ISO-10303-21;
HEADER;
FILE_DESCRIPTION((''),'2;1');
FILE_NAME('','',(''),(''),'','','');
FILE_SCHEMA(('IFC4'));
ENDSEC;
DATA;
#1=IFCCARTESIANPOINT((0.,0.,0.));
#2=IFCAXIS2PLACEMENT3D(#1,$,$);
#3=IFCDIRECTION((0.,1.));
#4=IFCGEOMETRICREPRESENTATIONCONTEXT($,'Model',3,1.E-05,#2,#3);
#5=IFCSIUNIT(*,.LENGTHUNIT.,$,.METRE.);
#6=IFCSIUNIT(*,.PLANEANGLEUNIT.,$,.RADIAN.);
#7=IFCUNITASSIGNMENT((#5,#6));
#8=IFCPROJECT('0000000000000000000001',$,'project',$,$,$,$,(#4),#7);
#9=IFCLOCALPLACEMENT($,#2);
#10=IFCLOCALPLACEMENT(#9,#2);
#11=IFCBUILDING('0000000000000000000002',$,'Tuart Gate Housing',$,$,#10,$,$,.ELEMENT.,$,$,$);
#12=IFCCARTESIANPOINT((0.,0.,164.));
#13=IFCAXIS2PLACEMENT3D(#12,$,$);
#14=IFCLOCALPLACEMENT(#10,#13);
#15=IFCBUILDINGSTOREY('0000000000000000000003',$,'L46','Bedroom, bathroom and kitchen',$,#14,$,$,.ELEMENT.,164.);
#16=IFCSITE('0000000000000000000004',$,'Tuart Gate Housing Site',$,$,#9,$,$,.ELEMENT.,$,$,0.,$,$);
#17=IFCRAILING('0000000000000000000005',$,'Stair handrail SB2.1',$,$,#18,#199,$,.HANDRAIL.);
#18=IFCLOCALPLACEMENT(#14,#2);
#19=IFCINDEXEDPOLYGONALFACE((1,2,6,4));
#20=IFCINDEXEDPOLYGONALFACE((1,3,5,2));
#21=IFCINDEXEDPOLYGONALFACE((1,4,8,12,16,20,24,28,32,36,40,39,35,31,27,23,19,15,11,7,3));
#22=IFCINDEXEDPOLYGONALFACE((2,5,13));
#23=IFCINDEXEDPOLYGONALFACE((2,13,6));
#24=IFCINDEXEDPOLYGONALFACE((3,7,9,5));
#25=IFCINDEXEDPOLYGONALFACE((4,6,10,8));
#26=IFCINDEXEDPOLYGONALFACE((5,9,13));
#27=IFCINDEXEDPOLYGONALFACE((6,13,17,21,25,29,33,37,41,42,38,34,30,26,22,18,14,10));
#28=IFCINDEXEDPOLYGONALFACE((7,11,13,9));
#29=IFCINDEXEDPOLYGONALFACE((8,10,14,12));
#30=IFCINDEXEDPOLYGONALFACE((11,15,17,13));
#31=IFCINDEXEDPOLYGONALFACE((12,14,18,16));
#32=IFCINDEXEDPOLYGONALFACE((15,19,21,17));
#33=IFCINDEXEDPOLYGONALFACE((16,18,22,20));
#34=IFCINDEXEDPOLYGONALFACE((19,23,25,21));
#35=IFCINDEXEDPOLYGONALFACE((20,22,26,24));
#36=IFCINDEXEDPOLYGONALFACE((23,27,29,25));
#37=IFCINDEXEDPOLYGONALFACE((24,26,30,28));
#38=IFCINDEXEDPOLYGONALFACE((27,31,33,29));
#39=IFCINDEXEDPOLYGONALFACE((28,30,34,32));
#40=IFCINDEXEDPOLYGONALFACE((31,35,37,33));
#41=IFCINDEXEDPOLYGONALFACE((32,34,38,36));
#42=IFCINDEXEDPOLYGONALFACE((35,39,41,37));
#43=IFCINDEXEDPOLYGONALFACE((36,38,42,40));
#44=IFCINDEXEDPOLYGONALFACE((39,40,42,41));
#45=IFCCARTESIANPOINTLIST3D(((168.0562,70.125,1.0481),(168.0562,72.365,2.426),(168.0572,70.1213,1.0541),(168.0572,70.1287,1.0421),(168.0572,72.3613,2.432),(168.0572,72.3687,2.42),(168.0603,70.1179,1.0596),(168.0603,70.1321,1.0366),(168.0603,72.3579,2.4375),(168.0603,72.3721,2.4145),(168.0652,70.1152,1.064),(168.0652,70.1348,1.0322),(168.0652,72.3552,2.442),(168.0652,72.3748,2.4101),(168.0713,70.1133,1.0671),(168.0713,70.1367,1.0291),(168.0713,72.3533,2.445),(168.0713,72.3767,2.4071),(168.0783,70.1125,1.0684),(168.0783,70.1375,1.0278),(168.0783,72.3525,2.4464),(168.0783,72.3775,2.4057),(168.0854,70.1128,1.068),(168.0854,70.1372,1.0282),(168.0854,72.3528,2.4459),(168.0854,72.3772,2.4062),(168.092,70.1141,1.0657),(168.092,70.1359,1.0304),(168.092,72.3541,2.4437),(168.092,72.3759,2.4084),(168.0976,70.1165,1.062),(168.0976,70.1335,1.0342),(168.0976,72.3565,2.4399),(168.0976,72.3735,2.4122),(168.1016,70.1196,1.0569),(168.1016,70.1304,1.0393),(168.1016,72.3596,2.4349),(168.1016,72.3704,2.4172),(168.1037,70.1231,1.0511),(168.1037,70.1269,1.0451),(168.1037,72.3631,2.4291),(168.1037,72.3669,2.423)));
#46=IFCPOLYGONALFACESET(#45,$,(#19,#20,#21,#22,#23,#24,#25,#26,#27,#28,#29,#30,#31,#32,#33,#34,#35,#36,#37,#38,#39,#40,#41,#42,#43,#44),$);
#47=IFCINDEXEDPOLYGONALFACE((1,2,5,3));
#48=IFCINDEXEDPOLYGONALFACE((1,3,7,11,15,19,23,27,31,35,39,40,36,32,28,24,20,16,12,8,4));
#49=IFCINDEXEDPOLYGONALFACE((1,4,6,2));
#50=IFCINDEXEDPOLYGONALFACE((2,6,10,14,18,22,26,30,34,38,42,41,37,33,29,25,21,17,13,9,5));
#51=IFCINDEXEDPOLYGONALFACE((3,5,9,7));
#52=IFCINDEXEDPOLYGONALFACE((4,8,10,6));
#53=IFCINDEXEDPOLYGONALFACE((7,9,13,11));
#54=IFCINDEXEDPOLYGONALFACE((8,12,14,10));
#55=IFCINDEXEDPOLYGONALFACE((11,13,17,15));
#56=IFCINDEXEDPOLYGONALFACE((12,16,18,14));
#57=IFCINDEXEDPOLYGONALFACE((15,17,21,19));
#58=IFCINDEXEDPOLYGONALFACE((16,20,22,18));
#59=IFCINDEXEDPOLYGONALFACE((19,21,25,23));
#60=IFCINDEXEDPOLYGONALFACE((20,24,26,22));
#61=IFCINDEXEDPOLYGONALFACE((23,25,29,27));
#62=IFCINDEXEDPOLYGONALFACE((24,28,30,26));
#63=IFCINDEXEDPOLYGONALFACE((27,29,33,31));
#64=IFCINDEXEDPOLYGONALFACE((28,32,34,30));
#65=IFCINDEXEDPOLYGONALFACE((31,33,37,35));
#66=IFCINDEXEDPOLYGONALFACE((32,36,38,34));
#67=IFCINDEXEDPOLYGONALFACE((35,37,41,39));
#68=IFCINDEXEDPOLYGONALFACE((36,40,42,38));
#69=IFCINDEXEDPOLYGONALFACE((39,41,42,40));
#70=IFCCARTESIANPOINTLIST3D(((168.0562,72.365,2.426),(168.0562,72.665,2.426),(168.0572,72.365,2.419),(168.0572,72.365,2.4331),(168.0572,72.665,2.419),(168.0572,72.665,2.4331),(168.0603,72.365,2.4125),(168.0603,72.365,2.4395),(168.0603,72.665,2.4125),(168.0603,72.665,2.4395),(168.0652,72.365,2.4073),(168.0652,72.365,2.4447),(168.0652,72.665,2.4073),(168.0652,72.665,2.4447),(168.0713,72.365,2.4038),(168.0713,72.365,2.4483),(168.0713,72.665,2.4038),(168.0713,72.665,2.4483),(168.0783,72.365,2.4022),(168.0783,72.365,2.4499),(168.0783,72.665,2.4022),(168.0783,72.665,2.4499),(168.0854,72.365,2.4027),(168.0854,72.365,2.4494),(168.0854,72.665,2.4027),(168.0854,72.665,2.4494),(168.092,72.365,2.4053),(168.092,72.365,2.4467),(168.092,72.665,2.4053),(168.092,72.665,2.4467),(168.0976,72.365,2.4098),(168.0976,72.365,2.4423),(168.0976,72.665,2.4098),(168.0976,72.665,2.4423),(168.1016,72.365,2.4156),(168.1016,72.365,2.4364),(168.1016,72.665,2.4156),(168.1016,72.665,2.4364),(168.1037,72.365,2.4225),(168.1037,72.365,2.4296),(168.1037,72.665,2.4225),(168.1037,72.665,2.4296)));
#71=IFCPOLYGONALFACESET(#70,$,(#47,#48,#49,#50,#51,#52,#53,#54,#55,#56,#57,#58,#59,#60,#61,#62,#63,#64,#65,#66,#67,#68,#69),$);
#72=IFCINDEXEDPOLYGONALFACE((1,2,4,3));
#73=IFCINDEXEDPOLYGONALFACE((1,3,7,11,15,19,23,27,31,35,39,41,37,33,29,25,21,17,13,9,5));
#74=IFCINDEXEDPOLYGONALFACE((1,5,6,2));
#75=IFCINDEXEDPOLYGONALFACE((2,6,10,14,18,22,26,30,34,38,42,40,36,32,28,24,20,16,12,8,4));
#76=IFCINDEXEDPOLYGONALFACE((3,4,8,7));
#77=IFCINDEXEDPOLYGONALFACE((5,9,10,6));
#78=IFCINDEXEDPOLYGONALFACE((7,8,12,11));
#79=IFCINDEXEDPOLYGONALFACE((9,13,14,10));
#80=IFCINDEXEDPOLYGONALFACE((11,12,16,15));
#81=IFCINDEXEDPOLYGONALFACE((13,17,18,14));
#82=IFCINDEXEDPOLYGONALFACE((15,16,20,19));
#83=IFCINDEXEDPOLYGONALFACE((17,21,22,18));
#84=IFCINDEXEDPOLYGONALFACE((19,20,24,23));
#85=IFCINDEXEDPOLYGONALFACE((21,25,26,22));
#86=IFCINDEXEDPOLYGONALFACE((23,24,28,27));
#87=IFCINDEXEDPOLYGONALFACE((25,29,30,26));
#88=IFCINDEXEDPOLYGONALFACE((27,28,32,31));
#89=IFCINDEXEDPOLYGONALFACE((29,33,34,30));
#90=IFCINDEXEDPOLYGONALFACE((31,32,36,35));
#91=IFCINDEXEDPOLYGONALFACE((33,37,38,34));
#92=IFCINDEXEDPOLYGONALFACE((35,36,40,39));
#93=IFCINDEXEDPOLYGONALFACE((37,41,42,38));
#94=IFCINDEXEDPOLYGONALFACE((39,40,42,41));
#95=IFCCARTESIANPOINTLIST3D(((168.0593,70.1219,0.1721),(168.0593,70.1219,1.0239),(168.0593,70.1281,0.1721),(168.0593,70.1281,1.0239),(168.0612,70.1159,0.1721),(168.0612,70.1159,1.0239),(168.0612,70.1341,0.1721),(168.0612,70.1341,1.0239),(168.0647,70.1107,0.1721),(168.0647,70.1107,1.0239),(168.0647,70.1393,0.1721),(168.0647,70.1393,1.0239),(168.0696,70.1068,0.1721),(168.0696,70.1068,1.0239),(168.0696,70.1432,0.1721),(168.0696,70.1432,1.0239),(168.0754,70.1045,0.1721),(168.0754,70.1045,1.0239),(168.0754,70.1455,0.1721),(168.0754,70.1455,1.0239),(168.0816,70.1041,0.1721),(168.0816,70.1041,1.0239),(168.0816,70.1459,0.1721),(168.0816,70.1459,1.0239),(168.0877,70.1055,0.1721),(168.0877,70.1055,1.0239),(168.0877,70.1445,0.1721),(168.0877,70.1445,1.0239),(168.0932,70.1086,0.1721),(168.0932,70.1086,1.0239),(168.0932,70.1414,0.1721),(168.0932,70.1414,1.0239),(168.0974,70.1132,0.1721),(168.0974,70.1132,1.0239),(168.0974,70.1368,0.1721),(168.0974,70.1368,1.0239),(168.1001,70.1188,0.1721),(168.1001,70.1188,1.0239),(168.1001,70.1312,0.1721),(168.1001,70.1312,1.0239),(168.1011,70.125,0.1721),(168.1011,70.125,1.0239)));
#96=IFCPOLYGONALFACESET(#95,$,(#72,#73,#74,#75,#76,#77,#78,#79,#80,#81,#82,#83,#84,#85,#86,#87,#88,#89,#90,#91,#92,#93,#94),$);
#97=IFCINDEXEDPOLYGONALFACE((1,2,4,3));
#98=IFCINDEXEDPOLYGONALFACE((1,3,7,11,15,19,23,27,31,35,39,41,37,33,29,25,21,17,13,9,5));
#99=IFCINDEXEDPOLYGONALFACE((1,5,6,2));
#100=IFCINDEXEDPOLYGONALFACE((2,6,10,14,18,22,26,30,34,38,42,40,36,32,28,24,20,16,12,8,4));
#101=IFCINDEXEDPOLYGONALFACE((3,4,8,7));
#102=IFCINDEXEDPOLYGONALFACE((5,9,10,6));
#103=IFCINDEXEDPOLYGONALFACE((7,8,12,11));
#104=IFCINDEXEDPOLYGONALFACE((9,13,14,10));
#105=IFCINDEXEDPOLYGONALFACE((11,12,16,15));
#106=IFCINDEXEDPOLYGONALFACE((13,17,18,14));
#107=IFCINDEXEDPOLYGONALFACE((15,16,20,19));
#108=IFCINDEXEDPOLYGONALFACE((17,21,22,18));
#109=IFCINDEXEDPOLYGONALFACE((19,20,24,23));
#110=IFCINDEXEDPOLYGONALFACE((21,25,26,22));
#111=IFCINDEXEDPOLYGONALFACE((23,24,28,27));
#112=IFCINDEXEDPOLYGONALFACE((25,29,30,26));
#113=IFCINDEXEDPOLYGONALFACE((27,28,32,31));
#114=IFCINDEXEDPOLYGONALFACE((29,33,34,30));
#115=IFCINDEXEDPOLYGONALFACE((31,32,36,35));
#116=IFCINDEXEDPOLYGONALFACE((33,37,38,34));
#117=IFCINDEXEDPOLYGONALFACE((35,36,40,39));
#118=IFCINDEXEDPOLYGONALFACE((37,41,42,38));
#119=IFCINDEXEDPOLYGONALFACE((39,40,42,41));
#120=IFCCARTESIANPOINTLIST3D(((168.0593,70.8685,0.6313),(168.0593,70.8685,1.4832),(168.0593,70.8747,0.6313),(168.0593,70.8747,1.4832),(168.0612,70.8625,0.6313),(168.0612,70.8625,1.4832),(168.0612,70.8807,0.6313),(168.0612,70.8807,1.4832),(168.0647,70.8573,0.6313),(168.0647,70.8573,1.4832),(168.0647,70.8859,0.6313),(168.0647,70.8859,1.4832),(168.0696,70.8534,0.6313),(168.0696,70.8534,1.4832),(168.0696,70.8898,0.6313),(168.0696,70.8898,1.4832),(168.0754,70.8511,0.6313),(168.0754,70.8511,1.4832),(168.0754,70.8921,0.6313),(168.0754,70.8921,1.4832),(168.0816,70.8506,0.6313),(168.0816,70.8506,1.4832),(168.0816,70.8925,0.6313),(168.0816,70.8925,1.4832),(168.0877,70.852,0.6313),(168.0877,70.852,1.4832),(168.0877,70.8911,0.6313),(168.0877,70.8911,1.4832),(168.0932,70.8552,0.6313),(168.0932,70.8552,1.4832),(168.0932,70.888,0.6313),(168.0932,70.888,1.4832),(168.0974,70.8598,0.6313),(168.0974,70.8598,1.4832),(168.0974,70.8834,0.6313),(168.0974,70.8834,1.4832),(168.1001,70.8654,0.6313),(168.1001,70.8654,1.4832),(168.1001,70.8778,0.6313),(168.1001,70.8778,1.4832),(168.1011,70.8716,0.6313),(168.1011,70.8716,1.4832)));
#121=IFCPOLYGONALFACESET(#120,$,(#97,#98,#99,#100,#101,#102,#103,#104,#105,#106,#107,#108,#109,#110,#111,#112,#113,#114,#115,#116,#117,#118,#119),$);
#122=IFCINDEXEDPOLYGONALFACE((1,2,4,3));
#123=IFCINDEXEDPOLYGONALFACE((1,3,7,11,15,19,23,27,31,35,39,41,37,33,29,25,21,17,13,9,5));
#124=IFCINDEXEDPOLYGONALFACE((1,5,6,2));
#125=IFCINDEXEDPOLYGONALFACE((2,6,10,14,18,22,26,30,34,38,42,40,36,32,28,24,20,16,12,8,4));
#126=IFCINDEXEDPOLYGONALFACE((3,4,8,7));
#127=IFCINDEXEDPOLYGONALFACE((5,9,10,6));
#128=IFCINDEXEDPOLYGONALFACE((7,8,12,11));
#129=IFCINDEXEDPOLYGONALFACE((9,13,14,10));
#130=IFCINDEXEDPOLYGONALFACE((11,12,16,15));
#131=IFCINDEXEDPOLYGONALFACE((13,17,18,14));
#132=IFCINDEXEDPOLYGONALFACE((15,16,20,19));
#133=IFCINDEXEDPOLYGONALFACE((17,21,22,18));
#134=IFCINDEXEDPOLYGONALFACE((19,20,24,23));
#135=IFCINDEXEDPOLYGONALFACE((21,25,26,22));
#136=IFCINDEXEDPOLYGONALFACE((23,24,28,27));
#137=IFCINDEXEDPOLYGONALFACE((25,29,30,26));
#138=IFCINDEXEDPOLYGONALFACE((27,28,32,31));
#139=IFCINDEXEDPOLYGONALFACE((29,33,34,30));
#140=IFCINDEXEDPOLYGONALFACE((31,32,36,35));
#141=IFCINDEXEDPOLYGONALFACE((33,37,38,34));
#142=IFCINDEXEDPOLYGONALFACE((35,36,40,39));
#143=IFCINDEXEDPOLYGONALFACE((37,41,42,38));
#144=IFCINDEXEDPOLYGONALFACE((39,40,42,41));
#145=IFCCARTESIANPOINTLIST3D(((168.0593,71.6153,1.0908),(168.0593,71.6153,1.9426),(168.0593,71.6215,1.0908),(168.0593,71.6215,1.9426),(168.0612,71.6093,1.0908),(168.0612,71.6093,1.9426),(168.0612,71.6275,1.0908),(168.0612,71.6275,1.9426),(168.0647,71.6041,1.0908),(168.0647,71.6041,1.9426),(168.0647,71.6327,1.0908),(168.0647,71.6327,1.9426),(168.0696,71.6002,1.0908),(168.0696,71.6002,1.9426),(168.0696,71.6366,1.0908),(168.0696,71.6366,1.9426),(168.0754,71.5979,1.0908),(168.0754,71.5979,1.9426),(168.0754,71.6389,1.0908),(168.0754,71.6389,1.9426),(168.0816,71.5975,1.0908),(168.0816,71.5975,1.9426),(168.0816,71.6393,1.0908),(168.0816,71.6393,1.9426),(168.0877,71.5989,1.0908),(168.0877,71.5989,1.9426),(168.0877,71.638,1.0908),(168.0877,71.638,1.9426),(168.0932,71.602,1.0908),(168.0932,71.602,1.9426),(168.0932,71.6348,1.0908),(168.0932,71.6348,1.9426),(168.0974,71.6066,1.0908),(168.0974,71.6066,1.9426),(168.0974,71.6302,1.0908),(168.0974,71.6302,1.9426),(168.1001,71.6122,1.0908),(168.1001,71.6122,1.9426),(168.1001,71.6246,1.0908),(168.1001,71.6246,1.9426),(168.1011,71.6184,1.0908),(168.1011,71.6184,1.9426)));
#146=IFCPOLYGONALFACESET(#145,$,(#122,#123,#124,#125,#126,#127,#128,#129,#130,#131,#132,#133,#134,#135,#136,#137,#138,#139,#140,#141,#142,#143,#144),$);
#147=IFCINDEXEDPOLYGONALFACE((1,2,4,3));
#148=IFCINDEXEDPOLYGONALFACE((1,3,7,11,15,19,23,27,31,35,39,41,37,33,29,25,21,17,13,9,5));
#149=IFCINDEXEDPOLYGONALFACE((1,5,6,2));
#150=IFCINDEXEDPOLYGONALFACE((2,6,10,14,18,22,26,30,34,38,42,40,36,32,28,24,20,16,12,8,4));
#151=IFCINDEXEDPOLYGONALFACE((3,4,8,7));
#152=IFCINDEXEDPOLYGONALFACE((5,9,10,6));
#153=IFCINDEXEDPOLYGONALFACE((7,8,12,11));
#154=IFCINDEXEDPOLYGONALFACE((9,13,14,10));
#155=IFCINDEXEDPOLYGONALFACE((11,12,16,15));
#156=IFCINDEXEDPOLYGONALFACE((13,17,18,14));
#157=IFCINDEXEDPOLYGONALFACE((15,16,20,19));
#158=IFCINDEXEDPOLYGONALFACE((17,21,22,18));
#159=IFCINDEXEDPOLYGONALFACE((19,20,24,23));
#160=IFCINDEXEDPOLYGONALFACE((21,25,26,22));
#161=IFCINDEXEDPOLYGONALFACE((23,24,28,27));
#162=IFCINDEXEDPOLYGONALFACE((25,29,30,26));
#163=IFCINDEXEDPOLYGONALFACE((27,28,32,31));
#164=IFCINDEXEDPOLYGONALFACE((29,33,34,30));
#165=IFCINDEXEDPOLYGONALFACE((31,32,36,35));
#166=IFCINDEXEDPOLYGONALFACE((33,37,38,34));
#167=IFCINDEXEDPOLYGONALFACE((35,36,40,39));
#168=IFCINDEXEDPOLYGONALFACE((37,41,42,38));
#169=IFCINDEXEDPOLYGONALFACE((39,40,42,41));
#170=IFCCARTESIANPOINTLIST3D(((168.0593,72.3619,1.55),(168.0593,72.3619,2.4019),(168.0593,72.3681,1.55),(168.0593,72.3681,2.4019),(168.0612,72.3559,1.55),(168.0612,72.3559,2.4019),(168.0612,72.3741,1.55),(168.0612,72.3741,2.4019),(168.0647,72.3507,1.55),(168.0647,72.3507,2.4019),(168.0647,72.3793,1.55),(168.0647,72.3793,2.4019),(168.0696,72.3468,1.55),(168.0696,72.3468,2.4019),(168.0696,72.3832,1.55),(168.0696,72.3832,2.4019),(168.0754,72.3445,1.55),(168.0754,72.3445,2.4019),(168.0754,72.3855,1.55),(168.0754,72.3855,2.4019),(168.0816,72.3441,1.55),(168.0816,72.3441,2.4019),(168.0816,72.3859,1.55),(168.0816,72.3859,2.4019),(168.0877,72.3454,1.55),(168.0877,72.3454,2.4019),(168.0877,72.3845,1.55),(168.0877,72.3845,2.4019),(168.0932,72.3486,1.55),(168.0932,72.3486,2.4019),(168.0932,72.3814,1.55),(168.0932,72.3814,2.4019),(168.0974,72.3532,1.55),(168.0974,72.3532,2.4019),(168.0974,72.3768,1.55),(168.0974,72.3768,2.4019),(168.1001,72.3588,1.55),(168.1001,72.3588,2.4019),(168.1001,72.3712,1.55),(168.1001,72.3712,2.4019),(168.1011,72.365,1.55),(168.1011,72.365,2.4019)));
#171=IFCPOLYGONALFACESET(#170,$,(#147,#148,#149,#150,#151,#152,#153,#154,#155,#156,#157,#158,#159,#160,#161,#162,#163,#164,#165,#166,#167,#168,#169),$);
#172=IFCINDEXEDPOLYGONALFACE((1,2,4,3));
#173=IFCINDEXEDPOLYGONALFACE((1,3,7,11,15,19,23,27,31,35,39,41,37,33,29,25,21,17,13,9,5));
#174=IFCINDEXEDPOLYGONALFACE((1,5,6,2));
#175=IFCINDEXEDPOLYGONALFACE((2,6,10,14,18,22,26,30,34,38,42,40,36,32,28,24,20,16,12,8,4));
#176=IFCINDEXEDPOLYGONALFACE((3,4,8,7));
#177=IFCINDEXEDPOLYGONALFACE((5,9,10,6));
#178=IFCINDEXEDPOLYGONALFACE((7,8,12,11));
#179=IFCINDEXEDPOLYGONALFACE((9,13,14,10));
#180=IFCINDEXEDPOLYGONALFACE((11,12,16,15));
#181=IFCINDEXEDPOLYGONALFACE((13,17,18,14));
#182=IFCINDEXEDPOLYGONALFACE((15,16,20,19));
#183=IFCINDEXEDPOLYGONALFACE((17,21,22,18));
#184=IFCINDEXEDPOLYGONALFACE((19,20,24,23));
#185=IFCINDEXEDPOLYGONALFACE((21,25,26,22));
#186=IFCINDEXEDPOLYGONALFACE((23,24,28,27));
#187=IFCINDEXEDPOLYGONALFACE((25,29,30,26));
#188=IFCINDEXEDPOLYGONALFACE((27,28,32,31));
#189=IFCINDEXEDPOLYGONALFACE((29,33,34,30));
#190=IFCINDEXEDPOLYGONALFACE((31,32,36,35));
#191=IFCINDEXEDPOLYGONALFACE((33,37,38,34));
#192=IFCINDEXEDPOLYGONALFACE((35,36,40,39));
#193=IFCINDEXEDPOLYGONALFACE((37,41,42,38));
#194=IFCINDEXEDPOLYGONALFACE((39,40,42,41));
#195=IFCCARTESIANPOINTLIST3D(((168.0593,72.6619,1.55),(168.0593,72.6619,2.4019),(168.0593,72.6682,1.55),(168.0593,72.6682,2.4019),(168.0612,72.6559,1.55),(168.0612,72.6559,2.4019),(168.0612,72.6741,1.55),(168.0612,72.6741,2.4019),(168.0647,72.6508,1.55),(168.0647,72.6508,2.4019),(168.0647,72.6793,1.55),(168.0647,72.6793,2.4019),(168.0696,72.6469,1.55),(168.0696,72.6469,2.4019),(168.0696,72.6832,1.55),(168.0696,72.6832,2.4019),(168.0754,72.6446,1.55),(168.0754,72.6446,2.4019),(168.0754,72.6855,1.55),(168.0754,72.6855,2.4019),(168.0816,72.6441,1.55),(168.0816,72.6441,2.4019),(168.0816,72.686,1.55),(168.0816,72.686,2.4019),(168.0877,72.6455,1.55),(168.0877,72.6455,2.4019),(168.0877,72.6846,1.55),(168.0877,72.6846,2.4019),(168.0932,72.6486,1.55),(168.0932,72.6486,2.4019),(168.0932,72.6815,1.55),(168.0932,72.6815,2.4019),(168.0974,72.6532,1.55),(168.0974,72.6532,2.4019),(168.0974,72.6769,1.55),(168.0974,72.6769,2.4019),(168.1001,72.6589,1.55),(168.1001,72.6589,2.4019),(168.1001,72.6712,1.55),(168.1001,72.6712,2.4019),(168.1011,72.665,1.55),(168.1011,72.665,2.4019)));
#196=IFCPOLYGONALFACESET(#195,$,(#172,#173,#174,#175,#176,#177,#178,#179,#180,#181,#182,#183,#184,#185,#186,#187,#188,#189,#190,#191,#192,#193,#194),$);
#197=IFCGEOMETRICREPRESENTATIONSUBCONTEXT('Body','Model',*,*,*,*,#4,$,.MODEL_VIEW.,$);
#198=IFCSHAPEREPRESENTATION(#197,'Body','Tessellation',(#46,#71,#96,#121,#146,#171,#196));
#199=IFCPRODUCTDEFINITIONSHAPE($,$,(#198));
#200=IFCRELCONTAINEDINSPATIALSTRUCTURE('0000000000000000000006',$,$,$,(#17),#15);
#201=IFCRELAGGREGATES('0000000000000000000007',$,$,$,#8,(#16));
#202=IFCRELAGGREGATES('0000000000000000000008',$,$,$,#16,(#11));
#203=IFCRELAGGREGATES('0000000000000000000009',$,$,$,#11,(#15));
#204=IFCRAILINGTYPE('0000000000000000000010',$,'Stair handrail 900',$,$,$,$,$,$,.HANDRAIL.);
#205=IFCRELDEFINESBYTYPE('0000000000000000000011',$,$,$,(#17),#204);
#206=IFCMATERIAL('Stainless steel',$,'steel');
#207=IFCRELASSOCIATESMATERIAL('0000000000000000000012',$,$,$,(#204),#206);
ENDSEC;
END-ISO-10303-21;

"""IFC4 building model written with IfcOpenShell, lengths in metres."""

from ifc_helpers import new_model, si_unit, direction, frame, origin, origin_2d, place, context, subcontext, project, spatial, circle, extrude, material, type_object, element, save


model = new_model("IFC4")

# Units and contexts
model_context = context("Model", 3, precision=1e-05, world=origin(), true_north=direction((0.0, 1.0)))
body_context = subcontext(model_context, "Body", "Model", "MODEL_VIEW")
ifc_project = project(units=[si_unit("LENGTHUNIT", "METRE"), si_unit("PLANEANGLEUNIT", "RADIAN")], contexts=[model_context])

# Site, building, storey
site_placement = place(None, origin())
site = spatial("IfcSite", under=ifc_project, at=site_placement, Name="Tuart Gate Housing Site", CompositionType="ELEMENT", RefElevation=0.0)
building_placement = place(site_placement, origin())
building = spatial("IfcBuilding", under=site, at=building_placement, Name="Tuart Gate Housing", CompositionType="ELEMENT")
storey_placement = place(building_placement, frame((0.0, 0.0, 164.0)))
storey = spatial("IfcBuildingStorey", under=building, at=storey_placement, Name="L46", Description="Bedroom, bathroom and kitchen", CompositionType="ELEMENT", Elevation=164.0)

# Railing
ifc_material_1 = material(Name="Stainless steel", Category="steel")
railing_type = type_object("IfcRailingType", Name="Stair handrail 900", PredefinedType="HANDRAIL", material=ifc_material_1)
railing_placement = place(storey_placement, frame((168.0801, 70.125, 0.1721)))
element("IfcRailing", 1, at=railing_placement, inside=storey, type_object=railing_type, Name="Stair handrail SB2.1", PredefinedType="HANDRAIL", context=body_context, shape_type="SweptSolid", body=[
    extrude(circle(Radius=0.0239, at=origin_2d()), frame((0.0, 0.0, 0.876), z_axis=(0.0, 0.851748, 0.523952), x_axis=(-1.0, 0.0, 0.0)), (0.0, 0.0, 1.0), 2.6299),
    extrude(circle(Radius=0.0239, at=origin_2d()), frame((0.0, 2.24, 2.2539), z_axis=(0.0, 1.0, 0.0), x_axis=(-1.0, 0.0, 0.0)), (0.0, 0.0, 1.0), 0.3),
    extrude(circle(Radius=0.021, at=origin_2d()), origin(), (0.0, 0.0, 1.0), 0.8518),
    extrude(circle(Radius=0.021, at=origin_2d()), frame((0.0, 0.7466, 0.4592)), (0.0, 0.0, 1.0), 0.8518),
    extrude(circle(Radius=0.021, at=origin_2d()), frame((0.0, 1.4934, 0.9187)), (0.0, 0.0, 1.0), 0.8518),
    extrude(circle(Radius=0.021, at=origin_2d()), frame((0.0, 2.24, 1.3779)), (0.0, 0.0, 1.0), 0.8518),
    extrude(circle(Radius=0.021, at=origin_2d()), frame((0.0, 2.54, 1.3779)), (0.0, 0.0, 1.0), 0.8518),
])

save(model, "model.ifc")
